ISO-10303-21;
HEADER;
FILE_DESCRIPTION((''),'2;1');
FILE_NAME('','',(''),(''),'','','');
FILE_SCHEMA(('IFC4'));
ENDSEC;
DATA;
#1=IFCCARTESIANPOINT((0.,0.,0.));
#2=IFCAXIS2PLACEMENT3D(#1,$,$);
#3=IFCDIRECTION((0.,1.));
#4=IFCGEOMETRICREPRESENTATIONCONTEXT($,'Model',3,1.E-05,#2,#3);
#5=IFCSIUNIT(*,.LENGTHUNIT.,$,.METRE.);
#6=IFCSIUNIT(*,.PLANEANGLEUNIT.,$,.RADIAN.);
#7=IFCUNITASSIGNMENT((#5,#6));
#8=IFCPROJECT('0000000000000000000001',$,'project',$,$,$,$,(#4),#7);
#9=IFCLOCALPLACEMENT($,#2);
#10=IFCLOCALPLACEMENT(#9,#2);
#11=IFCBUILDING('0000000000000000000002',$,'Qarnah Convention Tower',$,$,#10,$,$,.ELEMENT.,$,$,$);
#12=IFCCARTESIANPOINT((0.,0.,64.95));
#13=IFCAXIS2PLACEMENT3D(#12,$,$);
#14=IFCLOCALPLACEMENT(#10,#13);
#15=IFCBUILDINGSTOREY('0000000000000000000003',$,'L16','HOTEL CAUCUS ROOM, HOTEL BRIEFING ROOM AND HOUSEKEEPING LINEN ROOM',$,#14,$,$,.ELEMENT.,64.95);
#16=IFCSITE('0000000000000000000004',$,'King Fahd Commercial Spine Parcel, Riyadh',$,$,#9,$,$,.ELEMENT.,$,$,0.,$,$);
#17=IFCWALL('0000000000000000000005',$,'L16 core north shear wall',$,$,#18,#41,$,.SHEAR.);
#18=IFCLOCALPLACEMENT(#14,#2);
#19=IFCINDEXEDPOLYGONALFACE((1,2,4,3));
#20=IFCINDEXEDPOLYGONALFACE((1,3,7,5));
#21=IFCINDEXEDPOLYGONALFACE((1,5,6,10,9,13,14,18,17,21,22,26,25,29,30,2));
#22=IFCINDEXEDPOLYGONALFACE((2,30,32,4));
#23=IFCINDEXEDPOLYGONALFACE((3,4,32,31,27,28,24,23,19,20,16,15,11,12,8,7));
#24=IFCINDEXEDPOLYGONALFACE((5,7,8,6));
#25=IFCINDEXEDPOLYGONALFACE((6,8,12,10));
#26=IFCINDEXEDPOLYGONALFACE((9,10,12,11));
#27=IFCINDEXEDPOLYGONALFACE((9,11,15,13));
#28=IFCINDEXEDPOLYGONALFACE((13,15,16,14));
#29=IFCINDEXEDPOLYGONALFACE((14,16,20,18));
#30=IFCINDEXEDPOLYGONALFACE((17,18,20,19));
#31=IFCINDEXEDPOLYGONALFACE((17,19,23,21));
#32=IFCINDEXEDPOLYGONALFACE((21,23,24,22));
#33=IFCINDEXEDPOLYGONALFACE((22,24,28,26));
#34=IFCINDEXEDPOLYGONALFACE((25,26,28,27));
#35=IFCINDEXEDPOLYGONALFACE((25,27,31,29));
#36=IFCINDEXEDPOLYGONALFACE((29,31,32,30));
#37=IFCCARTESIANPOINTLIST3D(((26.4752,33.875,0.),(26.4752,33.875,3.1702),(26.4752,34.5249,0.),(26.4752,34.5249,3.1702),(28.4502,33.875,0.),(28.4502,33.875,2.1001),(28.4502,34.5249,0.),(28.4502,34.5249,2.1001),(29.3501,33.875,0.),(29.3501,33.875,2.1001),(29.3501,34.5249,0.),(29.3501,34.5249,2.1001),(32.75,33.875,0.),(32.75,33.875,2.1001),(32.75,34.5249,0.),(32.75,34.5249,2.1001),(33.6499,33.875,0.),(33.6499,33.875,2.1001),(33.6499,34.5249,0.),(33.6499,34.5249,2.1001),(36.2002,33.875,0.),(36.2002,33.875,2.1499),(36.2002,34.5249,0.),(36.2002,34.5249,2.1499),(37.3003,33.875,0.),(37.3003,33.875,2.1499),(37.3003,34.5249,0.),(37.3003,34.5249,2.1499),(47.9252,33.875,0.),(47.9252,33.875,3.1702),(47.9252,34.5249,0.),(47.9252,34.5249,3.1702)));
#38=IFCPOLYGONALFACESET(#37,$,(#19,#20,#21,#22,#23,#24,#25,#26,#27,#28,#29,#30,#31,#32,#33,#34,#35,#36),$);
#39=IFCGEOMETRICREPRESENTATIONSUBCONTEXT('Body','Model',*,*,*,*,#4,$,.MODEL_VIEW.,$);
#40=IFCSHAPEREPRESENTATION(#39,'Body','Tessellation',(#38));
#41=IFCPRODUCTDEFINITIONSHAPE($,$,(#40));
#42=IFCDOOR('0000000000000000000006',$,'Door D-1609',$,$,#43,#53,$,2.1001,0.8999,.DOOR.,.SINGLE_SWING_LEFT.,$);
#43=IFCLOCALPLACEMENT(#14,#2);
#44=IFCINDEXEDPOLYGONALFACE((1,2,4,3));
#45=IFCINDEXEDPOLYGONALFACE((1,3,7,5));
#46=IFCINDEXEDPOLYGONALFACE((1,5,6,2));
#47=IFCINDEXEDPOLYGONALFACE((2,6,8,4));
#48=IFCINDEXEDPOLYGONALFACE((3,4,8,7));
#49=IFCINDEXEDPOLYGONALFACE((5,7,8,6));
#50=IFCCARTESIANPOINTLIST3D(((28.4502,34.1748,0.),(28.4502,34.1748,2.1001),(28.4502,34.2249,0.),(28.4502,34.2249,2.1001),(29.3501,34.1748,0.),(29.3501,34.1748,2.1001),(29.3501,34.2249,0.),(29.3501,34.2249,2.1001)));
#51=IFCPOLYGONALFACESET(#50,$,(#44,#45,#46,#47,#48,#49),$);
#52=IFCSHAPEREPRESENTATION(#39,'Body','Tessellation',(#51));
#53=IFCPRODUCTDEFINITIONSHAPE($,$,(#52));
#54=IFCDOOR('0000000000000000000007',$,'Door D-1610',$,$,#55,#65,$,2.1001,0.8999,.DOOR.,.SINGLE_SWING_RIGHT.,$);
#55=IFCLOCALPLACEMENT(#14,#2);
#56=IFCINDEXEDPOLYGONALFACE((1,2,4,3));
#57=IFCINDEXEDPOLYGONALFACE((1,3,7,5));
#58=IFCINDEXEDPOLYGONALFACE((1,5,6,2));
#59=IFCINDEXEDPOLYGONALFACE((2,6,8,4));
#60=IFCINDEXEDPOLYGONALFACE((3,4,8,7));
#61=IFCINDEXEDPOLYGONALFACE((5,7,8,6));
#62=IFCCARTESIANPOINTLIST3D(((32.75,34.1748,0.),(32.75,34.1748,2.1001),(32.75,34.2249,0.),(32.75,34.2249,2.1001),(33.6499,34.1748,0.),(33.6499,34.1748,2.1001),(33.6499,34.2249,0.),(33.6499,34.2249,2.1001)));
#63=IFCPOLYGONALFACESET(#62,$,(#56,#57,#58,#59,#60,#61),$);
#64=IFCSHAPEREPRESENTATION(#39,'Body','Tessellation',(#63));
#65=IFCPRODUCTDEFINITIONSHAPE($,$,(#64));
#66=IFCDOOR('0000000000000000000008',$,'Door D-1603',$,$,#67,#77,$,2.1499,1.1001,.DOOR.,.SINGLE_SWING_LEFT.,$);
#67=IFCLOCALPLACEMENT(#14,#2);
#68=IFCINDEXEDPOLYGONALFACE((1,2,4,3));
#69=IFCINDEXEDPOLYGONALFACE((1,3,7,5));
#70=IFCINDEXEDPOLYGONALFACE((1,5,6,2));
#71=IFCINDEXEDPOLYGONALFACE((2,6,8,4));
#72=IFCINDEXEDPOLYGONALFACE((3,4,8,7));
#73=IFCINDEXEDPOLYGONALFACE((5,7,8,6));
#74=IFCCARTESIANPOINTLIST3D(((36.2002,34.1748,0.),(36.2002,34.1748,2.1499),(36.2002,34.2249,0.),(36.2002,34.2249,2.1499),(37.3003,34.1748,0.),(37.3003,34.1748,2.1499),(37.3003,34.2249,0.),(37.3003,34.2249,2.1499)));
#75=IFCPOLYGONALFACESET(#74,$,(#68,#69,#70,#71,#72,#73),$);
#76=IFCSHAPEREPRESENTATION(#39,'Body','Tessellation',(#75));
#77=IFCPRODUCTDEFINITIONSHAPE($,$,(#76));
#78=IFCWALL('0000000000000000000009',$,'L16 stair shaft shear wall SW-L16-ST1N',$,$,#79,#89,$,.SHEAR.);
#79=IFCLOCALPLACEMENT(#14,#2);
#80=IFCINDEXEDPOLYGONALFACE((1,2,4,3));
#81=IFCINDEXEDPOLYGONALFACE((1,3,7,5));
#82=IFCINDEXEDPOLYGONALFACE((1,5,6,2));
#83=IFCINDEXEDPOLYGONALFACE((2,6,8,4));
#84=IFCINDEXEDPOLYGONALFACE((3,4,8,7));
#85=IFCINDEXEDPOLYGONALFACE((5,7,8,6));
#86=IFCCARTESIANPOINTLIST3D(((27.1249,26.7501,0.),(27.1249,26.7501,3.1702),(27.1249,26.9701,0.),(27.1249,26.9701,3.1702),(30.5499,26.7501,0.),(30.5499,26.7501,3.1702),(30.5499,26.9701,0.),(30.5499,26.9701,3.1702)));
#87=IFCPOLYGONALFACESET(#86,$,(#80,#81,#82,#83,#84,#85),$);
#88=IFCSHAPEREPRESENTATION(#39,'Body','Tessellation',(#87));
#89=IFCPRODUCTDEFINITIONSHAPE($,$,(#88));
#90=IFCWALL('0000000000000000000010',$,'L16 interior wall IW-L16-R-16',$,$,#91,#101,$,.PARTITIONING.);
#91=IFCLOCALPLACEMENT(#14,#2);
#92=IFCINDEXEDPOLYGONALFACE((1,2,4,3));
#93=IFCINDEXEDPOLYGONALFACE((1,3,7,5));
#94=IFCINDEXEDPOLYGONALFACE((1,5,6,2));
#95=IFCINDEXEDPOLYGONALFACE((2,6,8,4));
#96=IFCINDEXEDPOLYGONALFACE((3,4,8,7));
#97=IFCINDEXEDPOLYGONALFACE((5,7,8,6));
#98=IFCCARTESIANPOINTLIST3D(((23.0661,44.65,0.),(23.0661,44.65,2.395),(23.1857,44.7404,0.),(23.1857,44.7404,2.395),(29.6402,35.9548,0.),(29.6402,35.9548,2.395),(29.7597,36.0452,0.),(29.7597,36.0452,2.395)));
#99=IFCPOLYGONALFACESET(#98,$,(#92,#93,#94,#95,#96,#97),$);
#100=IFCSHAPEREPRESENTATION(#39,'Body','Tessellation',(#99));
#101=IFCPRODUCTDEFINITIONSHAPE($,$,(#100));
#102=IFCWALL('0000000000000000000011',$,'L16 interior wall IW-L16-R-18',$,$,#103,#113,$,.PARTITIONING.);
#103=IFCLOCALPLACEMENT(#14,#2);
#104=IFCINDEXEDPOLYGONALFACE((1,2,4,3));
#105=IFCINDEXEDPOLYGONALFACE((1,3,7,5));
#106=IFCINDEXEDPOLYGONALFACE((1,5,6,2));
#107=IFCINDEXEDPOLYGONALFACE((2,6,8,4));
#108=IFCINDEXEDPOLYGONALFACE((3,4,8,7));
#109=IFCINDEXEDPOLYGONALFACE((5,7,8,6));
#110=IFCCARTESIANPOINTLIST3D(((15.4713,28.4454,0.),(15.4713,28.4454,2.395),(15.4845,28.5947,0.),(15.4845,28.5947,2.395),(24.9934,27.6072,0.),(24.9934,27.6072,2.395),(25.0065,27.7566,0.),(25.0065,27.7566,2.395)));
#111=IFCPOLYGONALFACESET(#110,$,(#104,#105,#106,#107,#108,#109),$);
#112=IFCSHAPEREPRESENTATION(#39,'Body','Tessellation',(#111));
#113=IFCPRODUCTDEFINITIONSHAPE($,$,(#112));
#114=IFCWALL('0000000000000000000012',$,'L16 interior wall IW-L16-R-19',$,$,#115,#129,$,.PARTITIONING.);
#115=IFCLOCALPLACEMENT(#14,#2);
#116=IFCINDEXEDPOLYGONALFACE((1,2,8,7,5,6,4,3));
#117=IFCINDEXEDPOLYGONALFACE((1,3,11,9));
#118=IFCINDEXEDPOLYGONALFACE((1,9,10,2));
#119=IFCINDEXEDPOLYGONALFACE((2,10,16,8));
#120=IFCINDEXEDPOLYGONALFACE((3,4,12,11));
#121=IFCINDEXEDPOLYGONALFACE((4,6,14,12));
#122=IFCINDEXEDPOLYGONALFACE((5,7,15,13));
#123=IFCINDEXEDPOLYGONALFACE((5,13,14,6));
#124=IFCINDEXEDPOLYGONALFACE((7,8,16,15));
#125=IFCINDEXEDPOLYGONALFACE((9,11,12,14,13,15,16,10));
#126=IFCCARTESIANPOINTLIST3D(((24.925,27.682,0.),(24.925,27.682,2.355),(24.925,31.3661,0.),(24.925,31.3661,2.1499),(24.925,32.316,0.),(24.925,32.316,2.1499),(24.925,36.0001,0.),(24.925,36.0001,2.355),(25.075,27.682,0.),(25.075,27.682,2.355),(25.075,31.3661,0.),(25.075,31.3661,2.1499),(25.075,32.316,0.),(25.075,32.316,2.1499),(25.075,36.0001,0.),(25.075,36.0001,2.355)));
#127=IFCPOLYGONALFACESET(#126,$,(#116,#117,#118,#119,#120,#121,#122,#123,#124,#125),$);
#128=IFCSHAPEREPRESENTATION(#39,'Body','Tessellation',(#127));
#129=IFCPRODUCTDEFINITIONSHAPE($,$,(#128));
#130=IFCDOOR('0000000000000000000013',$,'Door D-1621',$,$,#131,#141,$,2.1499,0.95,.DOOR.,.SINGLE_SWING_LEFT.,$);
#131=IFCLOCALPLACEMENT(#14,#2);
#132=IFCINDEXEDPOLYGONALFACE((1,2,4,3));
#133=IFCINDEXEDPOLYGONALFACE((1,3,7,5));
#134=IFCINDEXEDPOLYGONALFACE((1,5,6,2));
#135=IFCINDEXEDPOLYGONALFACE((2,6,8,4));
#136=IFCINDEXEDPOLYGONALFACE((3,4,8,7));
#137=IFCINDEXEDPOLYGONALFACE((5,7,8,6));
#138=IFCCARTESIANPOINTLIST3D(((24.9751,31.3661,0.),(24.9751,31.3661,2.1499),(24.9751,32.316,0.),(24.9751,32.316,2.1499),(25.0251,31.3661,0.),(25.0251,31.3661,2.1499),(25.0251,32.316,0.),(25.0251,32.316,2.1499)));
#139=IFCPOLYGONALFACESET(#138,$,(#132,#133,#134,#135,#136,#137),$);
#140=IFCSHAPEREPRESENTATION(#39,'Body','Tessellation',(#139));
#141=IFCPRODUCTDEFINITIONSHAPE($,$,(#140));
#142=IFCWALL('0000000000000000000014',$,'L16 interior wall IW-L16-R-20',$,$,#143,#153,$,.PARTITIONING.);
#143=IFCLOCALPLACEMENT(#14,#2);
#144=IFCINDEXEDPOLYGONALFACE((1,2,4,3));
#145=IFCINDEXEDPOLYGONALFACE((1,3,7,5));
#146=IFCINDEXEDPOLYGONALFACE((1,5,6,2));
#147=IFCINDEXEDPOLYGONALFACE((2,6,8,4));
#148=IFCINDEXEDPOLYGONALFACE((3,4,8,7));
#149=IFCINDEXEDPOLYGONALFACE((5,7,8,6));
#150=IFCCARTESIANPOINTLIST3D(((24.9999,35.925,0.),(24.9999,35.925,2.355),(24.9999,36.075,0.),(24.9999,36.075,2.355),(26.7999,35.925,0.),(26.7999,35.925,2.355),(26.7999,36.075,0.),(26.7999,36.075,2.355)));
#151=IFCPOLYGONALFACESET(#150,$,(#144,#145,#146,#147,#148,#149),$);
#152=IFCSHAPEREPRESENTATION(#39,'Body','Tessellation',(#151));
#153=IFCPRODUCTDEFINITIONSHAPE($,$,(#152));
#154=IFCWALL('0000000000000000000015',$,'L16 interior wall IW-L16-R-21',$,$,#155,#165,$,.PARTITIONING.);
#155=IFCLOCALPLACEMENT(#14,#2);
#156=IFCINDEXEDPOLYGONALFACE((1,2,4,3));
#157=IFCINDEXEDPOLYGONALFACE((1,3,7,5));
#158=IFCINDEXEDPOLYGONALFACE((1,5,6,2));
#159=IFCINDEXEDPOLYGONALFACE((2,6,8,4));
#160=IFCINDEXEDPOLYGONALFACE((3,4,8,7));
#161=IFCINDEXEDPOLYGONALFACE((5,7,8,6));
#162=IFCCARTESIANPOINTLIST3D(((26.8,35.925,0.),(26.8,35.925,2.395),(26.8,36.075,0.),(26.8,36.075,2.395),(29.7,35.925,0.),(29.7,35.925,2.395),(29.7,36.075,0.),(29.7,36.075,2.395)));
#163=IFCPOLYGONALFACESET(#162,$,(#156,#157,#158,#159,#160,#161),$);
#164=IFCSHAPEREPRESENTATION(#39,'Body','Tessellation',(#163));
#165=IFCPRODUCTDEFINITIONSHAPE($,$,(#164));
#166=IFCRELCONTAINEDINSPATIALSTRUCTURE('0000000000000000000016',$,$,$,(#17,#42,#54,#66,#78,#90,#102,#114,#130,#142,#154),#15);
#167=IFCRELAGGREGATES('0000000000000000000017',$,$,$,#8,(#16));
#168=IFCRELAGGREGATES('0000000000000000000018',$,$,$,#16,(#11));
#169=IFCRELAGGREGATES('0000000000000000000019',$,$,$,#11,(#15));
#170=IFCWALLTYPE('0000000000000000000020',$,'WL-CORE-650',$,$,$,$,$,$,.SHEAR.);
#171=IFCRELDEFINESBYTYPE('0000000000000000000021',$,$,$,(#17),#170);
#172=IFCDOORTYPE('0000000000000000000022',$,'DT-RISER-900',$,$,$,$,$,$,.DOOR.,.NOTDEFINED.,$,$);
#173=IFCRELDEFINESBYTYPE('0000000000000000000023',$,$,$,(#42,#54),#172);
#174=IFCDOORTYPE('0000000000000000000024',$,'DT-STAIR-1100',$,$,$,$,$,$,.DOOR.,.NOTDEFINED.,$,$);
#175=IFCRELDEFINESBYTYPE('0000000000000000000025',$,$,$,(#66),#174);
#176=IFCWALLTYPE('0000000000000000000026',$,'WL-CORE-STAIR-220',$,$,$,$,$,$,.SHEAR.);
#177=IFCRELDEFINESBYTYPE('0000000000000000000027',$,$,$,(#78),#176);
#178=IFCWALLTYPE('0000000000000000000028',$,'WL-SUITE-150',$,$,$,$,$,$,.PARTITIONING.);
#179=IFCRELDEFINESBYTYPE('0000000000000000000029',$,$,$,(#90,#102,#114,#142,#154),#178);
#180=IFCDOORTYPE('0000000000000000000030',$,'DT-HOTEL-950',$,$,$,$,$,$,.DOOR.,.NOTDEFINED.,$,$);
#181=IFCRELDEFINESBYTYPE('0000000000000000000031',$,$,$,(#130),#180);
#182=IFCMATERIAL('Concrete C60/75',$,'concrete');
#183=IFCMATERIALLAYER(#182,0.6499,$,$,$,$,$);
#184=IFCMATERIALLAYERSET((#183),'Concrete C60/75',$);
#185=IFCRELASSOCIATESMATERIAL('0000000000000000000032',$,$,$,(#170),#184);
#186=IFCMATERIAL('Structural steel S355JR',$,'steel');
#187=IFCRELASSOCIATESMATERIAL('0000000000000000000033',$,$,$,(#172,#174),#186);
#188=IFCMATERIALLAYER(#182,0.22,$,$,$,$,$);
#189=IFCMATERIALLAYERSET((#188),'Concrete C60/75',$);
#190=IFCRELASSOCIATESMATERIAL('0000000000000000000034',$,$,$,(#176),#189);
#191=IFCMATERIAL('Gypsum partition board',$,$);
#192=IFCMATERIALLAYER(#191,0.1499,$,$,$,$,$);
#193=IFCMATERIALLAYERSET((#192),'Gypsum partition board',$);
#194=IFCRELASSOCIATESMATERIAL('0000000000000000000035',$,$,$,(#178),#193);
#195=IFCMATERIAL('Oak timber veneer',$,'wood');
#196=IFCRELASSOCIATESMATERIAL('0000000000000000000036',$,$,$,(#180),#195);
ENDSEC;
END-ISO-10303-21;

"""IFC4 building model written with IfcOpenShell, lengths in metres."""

from ifc_helpers import new_model, si_unit, direction, frame, frame_2d, origin, place, context, subcontext, project, spatial, rectangle, extrude, material, layer, layer_set, type_object, element, fill, save


model = new_model("IFC4")

# Units and contexts
model_context = context("Model", 3, precision=1e-05, world=origin(), true_north=direction((0.0, 1.0)))
body_context = subcontext(model_context, "Body", "Model", "MODEL_VIEW")
ifc_project = project(units=[si_unit("LENGTHUNIT", "METRE"), si_unit("PLANEANGLEUNIT", "RADIAN")], contexts=[model_context])

# Site, building, storey
site_placement = place(None, origin())
site = spatial("IfcSite", under=ifc_project, at=site_placement, Name="King Fahd Commercial Spine Parcel, Riyadh", CompositionType="ELEMENT", RefElevation=0.0)
building_placement = place(site_placement, origin())
building = spatial("IfcBuilding", under=site, at=building_placement, Name="Qarnah Convention Tower", CompositionType="ELEMENT")
storey_placement = place(building_placement, frame((0.0, 0.0, 64.95)))
storey = spatial("IfcBuildingStorey", under=building, at=storey_placement, Name="L16", Description="HOTEL CAUCUS ROOM, HOTEL BRIEFING ROOM AND HOUSEKEEPING LINEN ROOM", CompositionType="ELEMENT", Elevation=64.95)

# Shared definitions
ifc_material_1 = material(Name="Concrete C60/75", Category="concrete")

# Shared definitions
ifc_material_2 = material(Name="Structural steel S355JR", Category="steel")

# Wall, openings, doors
ifc_layer_1 = layer(ifc_material_1, 0.6499)
ifc_layer_set_1 = layer_set([ifc_layer_1], Name="Concrete C60/75")
wall_type_1 = type_object("IfcWallType", Name="WL-CORE-650", PredefinedType="SHEAR", material=ifc_layer_set_1)
wall_1_placement = place(storey_placement, frame((26.4751, 34.2, 0.0), z_axis=(0.0, 0.0, 1.0), x_axis=(1.0, 0.0, 0.0)))
wall_1 = element("IfcWall", 1, at=wall_1_placement, inside=storey, type_object=wall_type_1, Name="L16 core north shear wall", PredefinedType="SHEAR", context=body_context, shape_type="SweptSolid", body=[
    extrude(rectangle(XDim=21.45, YDim=0.6499, at=frame_2d((10.7251, 0.0))), origin(), (0.0, 0.0, 1.0), 3.1702),
])
opening_1_placement = place(wall_1_placement, frame((9.7251, 0.0, 0.0)))
opening_1 = element("IfcOpeningElement", 2, at=opening_1_placement, cuts=wall_1, PredefinedType="OPENING", context=body_context, shape_type="SweptSolid", body=[
    extrude(rectangle(XDim=1.1001, YDim=2.1499, at=frame_2d((0.55, 1.075))), frame((0.0, 0.335, 0.0), z_axis=(0.0, -1.0, 0.0), x_axis=(1.0, 0.0, 0.0)), (0.0, 0.0, 1.0), 0.6699),
])
opening_2_placement = place(wall_1_placement, frame((1.9751, 0.0, 0.0)))
opening_2 = element("IfcOpeningElement", 3, at=opening_2_placement, cuts=wall_1, PredefinedType="OPENING", context=body_context, shape_type="SweptSolid", body=[
    extrude(rectangle(XDim=0.8999, YDim=2.1001, at=frame_2d((0.45, 1.05))), frame((0.0, 0.335, 0.0), z_axis=(0.0, -1.0, 0.0), x_axis=(1.0, 0.0, 0.0)), (0.0, 0.0, 1.0), 0.6699),
])
opening_3_placement = place(wall_1_placement, frame((6.2749, 0.0, 0.0)))
opening_3 = element("IfcOpeningElement", 4, at=opening_3_placement, cuts=wall_1, PredefinedType="OPENING", context=body_context, shape_type="SweptSolid", body=[
    extrude(rectangle(XDim=0.8999, YDim=2.1001, at=frame_2d((0.45, 1.05))), frame((0.0, 0.335, 0.0), z_axis=(0.0, -1.0, 0.0), x_axis=(1.0, 0.0, 0.0)), (0.0, 0.0, 1.0), 0.6699),
])
door_type_1 = type_object("IfcDoorType", Name="DT-RISER-900", OperationType="NOTDEFINED", PredefinedType="DOOR", material=ifc_material_2)
door_1_placement = place(opening_2_placement, origin())
door_1 = element("IfcDoor", 5, at=door_1_placement, inside=storey, type_object=door_type_1, Name="Door D-1609", OperationType="SINGLE_SWING_LEFT", OverallHeight=2.1001, OverallWidth=0.8999, PredefinedType="DOOR", context=body_context, shape_type="SweptSolid", body=[
    extrude(rectangle(XDim=0.8999, YDim=2.1001, at=frame_2d((0.45, 1.05))), frame((0.0, 0.0249, 0.0), z_axis=(0.0, -1.0, 0.0), x_axis=(1.0, 0.0, 0.0)), (0.0, 0.0, 1.0), 0.05),
])
fill(opening_2, door_1)
door_2_placement = place(opening_3_placement, origin())
door_2 = element("IfcDoor", 6, at=door_2_placement, inside=storey, type_object=door_type_1, Name="Door D-1610", OperationType="SINGLE_SWING_RIGHT", OverallHeight=2.1001, OverallWidth=0.8999, PredefinedType="DOOR", context=body_context, shape_type="SweptSolid", body=[
    extrude(rectangle(XDim=0.8999, YDim=2.1001, at=frame_2d((0.45, 1.05))), frame((0.0, 0.0249, 0.0), z_axis=(0.0, -1.0, 0.0), x_axis=(1.0, 0.0, 0.0)), (0.0, 0.0, 1.0), 0.05),
])
fill(opening_3, door_2)
door_type_2 = type_object("IfcDoorType", Name="DT-STAIR-1100", OperationType="NOTDEFINED", PredefinedType="DOOR", material=ifc_material_2)
door_3_placement = place(opening_1_placement, origin())
door_3 = element("IfcDoor", 7, at=door_3_placement, inside=storey, type_object=door_type_2, Name="Door D-1603", OperationType="SINGLE_SWING_LEFT", OverallHeight=2.1499, OverallWidth=1.1001, PredefinedType="DOOR", context=body_context, shape_type="SweptSolid", body=[
    extrude(rectangle(XDim=1.1001, YDim=2.1499, at=frame_2d((0.55, 1.075))), frame((0.0, 0.0249, 0.0), z_axis=(0.0, -1.0, 0.0), x_axis=(1.0, 0.0, 0.0)), (0.0, 0.0, 1.0), 0.05),
])
fill(opening_1, door_3)

# Wall
ifc_layer_2 = layer(ifc_material_1, 0.22)
ifc_layer_set_2 = layer_set([ifc_layer_2], Name="Concrete C60/75")
wall_type_2 = type_object("IfcWallType", Name="WL-CORE-STAIR-220", PredefinedType="SHEAR", material=ifc_layer_set_2)
wall_2_placement = place(storey_placement, frame((27.125, 26.8601, 0.0), z_axis=(0.0, 0.0, 1.0), x_axis=(1.0, 0.0, 0.0)))
element("IfcWall", 8, at=wall_2_placement, inside=storey, type_object=wall_type_2, Name="L16 stair shaft shear wall SW-L16-ST1N", PredefinedType="SHEAR", context=body_context, shape_type="SweptSolid", body=[
    extrude(rectangle(XDim=3.425, YDim=0.22, at=frame_2d((1.7124, 0.0))), origin(), (0.0, 0.0, 1.0), 3.1702),
])

# Walls
ifc_material_3 = material(Name="Gypsum partition board")
ifc_layer_3 = layer(ifc_material_3, 0.1499)
ifc_layer_set_3 = layer_set([ifc_layer_3], Name="Gypsum partition board")
wall_type_3 = type_object("IfcWallType", Name="WL-SUITE-150", PredefinedType="PARTITIONING", material=ifc_layer_set_3)
wall_3_placement = place(storey_placement, frame((23.126, 44.6951, 0.0), z_axis=(0.0, 0.0, 1.0), x_axis=(0.603088, -0.797675, 0.0)))
element("IfcWall", 9, at=wall_3_placement, inside=storey, type_object=wall_type_3, Name="L16 interior wall IW-L16-R-16", PredefinedType="PARTITIONING", context=body_context, shape_type="SweptSolid", body=[
    extrude(rectangle(XDim=10.9006, YDim=0.1499, at=frame_2d((5.4502, 0.0))), origin(), (0.0, 0.0, 1.0), 2.395),
])
wall_4_placement = place(storey_placement, frame((15.478, 28.52, 0.0), z_axis=(0.0, 0.0, 1.0), x_axis=(0.996149, -0.087682, 0.0)))
element("IfcWall", 10, at=wall_4_placement, inside=storey, type_object=wall_type_3, Name="L16 interior wall IW-L16-R-18", PredefinedType="PARTITIONING", context=body_context, shape_type="SweptSolid", body=[
    extrude(rectangle(XDim=9.5588, YDim=0.1499, at=frame_2d((4.7793, 0.0))), origin(), (0.0, 0.0, 1.0), 2.395),
])

# Wall, opening, door
wall_5_placement = place(storey_placement, frame((25.0, 27.6819, 0.0), z_axis=(0.0, 0.0, 1.0), x_axis=(0.0, 1.0, 0.0)))
wall_5 = element("IfcWall", 11, at=wall_5_placement, inside=storey, type_object=wall_type_3, Name="L16 interior wall IW-L16-R-19", PredefinedType="PARTITIONING", context=body_context, shape_type="SweptSolid", body=[
    extrude(rectangle(XDim=8.3181, YDim=0.1499, at=frame_2d((4.1592, 0.0))), origin(), (0.0, 0.0, 1.0), 2.355),
])
opening_4_placement = place(wall_5_placement, frame((3.6841, 0.0, 0.0)))
opening_4 = element("IfcOpeningElement", 12, at=opening_4_placement, cuts=wall_5, PredefinedType="OPENING", context=body_context, shape_type="SweptSolid", body=[
    extrude(rectangle(XDim=0.95, YDim=2.1499, at=frame_2d((0.4751, 1.075))), frame((0.0, 0.085, 0.0), z_axis=(0.0, -1.0, 0.0), x_axis=(1.0, 0.0, 0.0)), (0.0, 0.0, 1.0), 0.1699),
])
ifc_material_4 = material(Name="Oak timber veneer", Category="wood")
door_type_3 = type_object("IfcDoorType", Name="DT-HOTEL-950", OperationType="NOTDEFINED", PredefinedType="DOOR", material=ifc_material_4)
door_4_placement = place(opening_4_placement, origin())
door_4 = element("IfcDoor", 13, at=door_4_placement, inside=storey, type_object=door_type_3, Name="Door D-1621", OperationType="SINGLE_SWING_LEFT", OverallHeight=2.1499, OverallWidth=0.95, PredefinedType="DOOR", context=body_context, shape_type="SweptSolid", body=[
    extrude(rectangle(XDim=0.95, YDim=2.1499, at=frame_2d((0.4751, 1.075))), frame((0.0, 0.0249, 0.0), z_axis=(0.0, -1.0, 0.0), x_axis=(1.0, 0.0, 0.0)), (0.0, 0.0, 1.0), 0.05),
])
fill(opening_4, door_4)

# Walls
wall_6_placement = place(storey_placement, frame((25.0, 36.0, 0.0), z_axis=(0.0, 0.0, 1.0), x_axis=(1.0, 0.0, 0.0)))
element("IfcWall", 14, at=wall_6_placement, inside=storey, type_object=wall_type_3, Name="L16 interior wall IW-L16-R-20", PredefinedType="PARTITIONING", context=body_context, shape_type="SweptSolid", body=[
    extrude(rectangle(XDim=1.8, YDim=0.1499, at=frame_2d((0.8999, 0.0))), origin(), (0.0, 0.0, 1.0), 2.355),
])
wall_7_placement = place(storey_placement, frame((26.8, 36.0, 0.0), z_axis=(0.0, 0.0, 1.0), x_axis=(1.0, 0.0, 0.0)))
element("IfcWall", 15, at=wall_7_placement, inside=storey, type_object=wall_type_3, Name="L16 interior wall IW-L16-R-21", PredefinedType="PARTITIONING", context=body_context, shape_type="SweptSolid", body=[
    extrude(rectangle(XDim=2.8999, YDim=0.1499, at=frame_2d((1.45, 0.0))), origin(), (0.0, 0.0, 1.0), 2.395),
])

save(model, "model.ifc")
